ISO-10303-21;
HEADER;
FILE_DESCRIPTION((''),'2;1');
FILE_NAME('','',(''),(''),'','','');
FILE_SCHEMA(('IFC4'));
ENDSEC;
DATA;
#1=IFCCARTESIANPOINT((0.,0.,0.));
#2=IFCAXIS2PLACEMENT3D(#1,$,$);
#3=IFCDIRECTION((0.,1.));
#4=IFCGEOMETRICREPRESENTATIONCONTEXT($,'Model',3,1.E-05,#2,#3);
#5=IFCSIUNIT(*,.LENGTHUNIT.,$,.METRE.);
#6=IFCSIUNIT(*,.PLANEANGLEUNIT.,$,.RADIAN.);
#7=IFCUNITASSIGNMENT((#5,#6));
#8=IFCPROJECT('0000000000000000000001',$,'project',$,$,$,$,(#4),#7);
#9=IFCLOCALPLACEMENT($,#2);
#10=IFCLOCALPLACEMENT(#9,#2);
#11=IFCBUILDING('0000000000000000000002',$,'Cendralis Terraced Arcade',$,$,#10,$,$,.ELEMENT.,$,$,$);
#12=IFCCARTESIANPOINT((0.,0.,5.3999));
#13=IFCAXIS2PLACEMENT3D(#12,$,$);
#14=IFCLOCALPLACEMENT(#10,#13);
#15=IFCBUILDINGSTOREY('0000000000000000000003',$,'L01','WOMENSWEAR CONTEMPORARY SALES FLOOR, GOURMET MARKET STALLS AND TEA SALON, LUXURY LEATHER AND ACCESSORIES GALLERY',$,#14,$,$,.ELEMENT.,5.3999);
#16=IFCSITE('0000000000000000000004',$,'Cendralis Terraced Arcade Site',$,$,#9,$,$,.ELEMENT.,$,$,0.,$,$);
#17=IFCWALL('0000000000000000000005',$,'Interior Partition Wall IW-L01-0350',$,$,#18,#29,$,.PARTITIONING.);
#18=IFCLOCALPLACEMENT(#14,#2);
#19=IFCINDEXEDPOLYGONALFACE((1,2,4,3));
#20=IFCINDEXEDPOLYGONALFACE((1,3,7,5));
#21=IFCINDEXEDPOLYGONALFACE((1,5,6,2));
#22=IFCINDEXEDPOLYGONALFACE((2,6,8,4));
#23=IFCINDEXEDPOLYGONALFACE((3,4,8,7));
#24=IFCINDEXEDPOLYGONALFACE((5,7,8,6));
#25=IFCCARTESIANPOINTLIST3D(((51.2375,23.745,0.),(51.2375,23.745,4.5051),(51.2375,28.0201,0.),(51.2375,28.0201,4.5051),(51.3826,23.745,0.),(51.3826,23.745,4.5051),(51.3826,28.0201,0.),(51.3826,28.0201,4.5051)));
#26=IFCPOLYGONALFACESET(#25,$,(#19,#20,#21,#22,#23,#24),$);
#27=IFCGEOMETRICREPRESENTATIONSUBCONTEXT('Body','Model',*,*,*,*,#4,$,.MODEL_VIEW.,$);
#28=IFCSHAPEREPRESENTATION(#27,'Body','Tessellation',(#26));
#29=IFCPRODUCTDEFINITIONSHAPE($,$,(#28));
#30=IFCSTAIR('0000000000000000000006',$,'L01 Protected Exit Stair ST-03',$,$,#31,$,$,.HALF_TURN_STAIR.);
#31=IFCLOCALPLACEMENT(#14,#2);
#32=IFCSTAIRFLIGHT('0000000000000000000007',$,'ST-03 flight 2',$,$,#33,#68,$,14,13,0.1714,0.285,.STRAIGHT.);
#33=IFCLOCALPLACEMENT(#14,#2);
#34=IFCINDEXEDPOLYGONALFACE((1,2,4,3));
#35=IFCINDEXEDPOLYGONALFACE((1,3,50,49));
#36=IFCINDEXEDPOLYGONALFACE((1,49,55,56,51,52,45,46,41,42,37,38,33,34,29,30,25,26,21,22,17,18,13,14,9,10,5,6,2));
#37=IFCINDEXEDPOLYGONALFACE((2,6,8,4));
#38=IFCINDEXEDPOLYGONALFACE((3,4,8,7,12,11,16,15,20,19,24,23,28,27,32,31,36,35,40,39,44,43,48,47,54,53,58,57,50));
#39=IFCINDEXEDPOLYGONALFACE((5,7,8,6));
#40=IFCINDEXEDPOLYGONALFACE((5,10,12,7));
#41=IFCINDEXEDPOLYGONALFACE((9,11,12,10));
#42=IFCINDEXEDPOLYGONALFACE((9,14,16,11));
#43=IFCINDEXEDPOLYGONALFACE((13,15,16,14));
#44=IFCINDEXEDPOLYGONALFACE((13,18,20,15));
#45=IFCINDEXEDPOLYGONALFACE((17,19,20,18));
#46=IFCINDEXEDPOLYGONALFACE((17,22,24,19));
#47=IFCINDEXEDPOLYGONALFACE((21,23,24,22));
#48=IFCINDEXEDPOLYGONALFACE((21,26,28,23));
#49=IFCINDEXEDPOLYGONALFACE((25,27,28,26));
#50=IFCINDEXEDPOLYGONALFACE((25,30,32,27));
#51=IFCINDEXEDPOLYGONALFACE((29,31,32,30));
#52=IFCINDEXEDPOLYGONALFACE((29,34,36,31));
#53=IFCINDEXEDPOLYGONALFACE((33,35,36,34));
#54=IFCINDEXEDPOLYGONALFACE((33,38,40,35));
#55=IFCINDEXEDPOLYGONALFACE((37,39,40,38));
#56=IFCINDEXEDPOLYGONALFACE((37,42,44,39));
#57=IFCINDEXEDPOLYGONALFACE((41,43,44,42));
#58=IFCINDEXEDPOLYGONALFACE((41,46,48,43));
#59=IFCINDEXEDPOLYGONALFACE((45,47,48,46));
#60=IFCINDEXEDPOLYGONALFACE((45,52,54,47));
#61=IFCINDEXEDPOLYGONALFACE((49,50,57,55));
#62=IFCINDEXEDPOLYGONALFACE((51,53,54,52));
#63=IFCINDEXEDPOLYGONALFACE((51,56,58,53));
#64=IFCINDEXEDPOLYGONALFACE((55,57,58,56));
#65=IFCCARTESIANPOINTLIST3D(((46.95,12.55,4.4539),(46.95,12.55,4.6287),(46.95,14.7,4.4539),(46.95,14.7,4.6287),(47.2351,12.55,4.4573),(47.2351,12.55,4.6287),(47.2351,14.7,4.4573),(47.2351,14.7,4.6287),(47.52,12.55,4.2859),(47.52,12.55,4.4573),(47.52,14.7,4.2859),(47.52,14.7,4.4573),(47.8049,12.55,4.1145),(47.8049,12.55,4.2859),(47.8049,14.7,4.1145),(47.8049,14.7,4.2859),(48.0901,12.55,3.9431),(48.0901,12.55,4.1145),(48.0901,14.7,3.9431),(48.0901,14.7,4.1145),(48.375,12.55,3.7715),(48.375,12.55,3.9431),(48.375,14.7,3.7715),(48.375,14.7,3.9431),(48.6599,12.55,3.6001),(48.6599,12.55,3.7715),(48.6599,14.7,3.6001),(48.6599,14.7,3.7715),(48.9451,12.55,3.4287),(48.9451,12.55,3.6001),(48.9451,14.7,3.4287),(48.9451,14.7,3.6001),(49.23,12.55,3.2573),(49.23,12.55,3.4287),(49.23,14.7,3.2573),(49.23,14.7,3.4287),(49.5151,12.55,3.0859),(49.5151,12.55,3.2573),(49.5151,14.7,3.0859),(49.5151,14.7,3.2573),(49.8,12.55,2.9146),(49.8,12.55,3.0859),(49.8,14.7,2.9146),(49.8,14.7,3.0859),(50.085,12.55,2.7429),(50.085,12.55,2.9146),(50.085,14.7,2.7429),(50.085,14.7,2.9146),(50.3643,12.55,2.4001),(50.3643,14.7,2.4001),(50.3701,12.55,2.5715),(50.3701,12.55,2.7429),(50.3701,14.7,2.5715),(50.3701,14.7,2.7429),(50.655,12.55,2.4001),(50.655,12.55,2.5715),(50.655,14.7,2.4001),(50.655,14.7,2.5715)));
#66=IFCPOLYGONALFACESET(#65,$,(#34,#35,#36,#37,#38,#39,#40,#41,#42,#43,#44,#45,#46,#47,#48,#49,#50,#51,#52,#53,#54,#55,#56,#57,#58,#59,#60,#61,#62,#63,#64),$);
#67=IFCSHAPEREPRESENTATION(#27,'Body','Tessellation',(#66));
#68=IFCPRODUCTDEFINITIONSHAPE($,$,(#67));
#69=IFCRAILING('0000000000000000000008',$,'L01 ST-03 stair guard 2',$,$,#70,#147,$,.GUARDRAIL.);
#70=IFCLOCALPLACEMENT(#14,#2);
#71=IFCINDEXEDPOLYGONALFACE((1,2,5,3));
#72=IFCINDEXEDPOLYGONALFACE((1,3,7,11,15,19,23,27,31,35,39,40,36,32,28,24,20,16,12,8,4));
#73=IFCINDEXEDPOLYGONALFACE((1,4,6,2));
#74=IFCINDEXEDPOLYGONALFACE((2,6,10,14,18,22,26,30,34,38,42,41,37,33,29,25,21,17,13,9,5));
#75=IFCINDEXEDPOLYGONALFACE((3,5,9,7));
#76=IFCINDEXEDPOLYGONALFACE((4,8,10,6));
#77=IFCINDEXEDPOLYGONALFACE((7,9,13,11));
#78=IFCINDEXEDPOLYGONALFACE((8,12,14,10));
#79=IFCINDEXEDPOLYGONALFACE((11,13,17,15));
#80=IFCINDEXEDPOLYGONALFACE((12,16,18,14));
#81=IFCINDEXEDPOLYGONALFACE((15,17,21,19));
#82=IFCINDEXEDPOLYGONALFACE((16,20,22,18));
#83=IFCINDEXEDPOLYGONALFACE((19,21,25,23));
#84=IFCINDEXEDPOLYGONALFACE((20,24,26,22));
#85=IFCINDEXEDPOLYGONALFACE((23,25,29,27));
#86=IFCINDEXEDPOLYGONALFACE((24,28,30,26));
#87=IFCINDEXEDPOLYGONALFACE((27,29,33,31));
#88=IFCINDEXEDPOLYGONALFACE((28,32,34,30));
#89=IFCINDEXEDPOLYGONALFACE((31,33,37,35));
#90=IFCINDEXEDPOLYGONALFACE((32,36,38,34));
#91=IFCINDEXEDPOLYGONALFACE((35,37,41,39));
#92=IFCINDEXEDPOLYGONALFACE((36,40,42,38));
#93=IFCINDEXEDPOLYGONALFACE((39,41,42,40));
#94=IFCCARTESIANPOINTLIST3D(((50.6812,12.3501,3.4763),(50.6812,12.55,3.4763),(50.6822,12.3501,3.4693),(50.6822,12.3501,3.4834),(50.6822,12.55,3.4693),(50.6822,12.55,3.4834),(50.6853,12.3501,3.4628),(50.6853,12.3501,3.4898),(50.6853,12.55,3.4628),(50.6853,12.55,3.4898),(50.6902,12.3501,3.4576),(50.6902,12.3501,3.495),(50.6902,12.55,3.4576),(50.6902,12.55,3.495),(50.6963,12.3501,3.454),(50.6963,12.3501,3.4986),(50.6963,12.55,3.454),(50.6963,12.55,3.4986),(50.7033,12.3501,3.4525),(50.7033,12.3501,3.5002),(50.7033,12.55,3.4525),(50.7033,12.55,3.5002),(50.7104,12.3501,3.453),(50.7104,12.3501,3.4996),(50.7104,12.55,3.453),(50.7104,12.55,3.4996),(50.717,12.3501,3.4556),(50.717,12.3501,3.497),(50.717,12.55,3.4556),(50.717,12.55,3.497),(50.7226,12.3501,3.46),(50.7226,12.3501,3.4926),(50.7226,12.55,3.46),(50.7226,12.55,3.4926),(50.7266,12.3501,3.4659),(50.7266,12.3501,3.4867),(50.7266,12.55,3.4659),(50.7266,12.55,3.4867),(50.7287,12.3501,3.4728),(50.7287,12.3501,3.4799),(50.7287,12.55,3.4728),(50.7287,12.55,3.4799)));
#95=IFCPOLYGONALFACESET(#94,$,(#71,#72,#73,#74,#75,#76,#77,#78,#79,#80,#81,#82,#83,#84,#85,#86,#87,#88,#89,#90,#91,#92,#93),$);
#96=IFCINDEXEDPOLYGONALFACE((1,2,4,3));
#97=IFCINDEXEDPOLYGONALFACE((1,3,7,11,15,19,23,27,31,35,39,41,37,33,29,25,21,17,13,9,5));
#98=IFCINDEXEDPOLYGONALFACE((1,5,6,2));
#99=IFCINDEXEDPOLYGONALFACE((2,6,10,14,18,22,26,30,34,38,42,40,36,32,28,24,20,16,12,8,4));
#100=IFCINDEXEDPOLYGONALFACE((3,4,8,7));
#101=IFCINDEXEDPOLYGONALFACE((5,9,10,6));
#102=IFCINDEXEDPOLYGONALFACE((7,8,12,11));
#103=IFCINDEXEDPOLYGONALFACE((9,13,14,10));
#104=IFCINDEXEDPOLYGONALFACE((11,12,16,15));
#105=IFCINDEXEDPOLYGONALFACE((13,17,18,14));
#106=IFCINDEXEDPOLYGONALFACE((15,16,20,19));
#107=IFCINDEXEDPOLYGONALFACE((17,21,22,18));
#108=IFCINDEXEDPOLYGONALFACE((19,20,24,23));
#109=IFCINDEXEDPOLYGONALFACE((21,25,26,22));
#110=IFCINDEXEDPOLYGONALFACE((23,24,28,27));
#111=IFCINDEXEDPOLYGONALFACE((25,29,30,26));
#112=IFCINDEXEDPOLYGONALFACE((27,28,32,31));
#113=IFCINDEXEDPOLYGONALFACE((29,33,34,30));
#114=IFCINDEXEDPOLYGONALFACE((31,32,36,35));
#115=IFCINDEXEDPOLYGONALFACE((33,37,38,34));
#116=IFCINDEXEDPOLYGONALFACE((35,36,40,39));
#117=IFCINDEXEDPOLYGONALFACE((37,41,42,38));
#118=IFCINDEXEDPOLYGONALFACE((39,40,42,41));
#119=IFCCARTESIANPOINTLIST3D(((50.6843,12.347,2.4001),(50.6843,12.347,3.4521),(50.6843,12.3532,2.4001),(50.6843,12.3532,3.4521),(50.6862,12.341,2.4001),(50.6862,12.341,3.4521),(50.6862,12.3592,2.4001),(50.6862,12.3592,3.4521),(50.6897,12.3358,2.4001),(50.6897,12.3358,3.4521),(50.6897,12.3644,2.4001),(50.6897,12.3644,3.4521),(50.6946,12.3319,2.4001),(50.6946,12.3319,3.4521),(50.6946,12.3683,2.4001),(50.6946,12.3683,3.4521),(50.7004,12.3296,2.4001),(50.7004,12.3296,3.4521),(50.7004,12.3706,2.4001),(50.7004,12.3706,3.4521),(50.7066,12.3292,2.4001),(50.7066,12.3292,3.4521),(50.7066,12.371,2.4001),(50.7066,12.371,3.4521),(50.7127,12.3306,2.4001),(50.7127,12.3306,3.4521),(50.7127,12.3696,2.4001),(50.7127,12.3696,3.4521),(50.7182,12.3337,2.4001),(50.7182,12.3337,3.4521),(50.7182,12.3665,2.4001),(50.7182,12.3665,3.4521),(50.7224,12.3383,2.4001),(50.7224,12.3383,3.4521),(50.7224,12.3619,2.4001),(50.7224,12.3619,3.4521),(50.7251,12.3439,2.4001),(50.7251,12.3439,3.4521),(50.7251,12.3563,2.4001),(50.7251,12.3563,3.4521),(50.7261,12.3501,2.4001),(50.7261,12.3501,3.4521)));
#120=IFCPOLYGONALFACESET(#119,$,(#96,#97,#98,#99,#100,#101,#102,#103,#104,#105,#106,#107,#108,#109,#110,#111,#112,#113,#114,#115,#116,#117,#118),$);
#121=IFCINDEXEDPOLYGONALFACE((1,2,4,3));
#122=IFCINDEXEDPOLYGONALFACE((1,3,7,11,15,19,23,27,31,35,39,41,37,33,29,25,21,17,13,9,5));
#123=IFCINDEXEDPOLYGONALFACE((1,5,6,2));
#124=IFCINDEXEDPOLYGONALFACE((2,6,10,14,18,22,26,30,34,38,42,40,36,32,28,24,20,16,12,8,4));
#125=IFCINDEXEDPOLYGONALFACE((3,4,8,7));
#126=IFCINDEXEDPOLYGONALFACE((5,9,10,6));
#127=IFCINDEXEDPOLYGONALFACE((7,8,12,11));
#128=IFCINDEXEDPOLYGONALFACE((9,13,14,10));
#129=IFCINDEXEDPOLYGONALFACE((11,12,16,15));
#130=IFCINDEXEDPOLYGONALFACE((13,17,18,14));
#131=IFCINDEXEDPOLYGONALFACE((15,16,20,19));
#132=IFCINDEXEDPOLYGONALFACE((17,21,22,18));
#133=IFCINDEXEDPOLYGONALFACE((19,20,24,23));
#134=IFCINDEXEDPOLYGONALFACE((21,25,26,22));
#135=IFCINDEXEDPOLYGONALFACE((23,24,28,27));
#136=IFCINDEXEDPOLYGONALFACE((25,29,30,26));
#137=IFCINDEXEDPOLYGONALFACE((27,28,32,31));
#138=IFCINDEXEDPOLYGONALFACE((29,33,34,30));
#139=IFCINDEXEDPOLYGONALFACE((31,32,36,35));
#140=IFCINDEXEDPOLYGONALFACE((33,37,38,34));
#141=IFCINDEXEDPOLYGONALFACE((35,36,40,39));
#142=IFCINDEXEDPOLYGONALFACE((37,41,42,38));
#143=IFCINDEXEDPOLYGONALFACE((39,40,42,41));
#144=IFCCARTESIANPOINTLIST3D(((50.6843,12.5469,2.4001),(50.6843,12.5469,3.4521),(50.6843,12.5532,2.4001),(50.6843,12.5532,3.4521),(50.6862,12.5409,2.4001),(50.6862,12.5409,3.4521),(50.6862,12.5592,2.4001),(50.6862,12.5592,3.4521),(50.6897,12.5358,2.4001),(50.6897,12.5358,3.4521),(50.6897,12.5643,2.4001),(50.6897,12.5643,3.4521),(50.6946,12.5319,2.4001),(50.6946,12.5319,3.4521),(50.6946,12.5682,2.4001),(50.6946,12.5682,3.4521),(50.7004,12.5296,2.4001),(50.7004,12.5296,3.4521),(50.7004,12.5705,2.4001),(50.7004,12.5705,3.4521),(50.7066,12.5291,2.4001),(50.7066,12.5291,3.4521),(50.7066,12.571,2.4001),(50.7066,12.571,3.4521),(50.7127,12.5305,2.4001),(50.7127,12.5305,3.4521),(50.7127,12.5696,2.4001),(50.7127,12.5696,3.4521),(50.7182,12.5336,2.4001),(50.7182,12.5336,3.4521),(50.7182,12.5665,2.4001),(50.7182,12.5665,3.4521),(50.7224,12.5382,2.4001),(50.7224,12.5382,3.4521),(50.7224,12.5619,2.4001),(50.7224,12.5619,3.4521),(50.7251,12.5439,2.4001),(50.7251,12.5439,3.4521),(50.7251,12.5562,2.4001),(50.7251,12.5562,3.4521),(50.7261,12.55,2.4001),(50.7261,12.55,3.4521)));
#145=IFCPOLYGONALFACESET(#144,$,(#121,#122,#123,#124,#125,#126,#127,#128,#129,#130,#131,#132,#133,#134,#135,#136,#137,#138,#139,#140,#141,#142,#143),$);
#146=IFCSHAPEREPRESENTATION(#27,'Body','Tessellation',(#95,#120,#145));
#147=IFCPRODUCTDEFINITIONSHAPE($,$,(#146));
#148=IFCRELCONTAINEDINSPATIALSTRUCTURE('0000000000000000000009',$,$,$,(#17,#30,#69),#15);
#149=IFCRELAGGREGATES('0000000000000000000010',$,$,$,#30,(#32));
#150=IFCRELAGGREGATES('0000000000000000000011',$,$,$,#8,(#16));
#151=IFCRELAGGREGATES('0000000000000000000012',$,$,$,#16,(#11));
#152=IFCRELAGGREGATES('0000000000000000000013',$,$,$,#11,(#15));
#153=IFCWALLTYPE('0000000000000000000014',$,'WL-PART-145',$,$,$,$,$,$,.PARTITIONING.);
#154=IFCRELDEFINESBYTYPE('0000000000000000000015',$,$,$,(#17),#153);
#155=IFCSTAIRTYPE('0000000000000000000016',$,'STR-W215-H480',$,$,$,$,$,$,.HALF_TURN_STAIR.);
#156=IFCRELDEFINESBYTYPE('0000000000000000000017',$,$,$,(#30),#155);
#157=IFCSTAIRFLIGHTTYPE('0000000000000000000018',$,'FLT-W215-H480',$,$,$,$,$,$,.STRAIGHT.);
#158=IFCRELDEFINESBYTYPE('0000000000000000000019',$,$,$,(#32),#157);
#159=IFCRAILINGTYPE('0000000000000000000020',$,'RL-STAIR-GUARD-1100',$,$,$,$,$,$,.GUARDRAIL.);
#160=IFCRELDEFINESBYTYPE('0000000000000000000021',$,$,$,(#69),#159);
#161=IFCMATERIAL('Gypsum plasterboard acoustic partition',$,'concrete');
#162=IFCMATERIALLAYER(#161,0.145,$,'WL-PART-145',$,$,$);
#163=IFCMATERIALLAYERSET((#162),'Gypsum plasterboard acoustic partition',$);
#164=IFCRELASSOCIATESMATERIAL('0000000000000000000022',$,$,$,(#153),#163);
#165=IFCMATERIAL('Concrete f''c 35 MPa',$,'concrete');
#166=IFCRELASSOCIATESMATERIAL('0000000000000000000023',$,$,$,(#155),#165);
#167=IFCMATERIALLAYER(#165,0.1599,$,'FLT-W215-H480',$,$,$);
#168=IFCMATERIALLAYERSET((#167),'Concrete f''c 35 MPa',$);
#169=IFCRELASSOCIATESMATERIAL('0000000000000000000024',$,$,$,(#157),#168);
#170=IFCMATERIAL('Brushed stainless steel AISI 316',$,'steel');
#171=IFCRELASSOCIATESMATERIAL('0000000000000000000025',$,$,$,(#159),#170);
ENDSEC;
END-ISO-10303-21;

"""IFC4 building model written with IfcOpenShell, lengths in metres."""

from ifc_helpers import new_model, si_unit, direction, frame, frame_2d, origin, origin_2d, place, context, subcontext, project, spatial, polyline, rectangle, circle, outline, extrude, material, layer, layer_set, type_object, element, aggregate, save


model = new_model("IFC4")

# Units and contexts
model_context = context("Model", 3, precision=1e-05, world=origin(), true_north=direction((0.0, 1.0)))
body_context = subcontext(model_context, "Body", "Model", "MODEL_VIEW")
ifc_project = project(units=[si_unit("LENGTHUNIT", "METRE"), si_unit("PLANEANGLEUNIT", "RADIAN")], contexts=[model_context])

# Site, building, storey
site_placement = place(None, origin())
site = spatial("IfcSite", under=ifc_project, at=site_placement, Name="Cendralis Terraced Arcade Site", CompositionType="ELEMENT", RefElevation=0.0)
building_placement = place(site_placement, origin())
building = spatial("IfcBuilding", under=site, at=building_placement, Name="Cendralis Terraced Arcade", CompositionType="ELEMENT")
storey_placement = place(building_placement, frame((0.0, 0.0, 5.3999)))
storey = spatial("IfcBuildingStorey", under=building, at=storey_placement, Name="L01", Description="WOMENSWEAR CONTEMPORARY SALES FLOOR, GOURMET MARKET STALLS AND TEA SALON, LUXURY LEATHER AND ACCESSORIES GALLERY", CompositionType="ELEMENT", Elevation=5.3999)

# Shared definitions
ifc_material_1 = material(Name="Concrete f'c 35 MPa", Category="concrete")

# Wall
ifc_material_2 = material(Name="Gypsum plasterboard acoustic partition", Category="concrete")
ifc_layer_1 = layer(ifc_material_2, 0.145, Name="WL-PART-145")
ifc_layer_set_1 = layer_set([ifc_layer_1], Name="Gypsum plasterboard acoustic partition")
wall_type_1 = type_object("IfcWallType", Name="WL-PART-145", PredefinedType="PARTITIONING", material=ifc_layer_set_1)
wall_1_placement = place(storey_placement, frame((51.3101, 23.7449, 0.0), z_axis=(0.0, 0.0, 1.0), x_axis=(0.0, 1.0, 0.0)))
element("IfcWall", 1, at=wall_1_placement, inside=storey, type_object=wall_type_1, Name="Interior Partition Wall IW-L01-0350", PredefinedType="PARTITIONING", context=body_context, shape_type="SweptSolid", body=[
    extrude(rectangle(XDim=4.2751, YDim=0.145, at=frame_2d((2.1377, 0.0))), origin(), (0.0, 0.0, 1.0), 4.5051),
])

# Stair, stair flight
stair_type = type_object("IfcStairType", Name="STR-W215-H480", PredefinedType="HALF_TURN_STAIR", material=ifc_material_1)
stair_placement = place(storey_placement, origin())
stair = element("IfcStair", 2, at=stair_placement, inside=storey, type_object=stair_type, Name="L01 Protected Exit Stair ST-03", PredefinedType="HALF_TURN_STAIR")
ifc_layer_2 = layer(ifc_material_1, 0.1599, Name="FLT-W215-H480")
ifc_layer_set_2 = layer_set([ifc_layer_2], Name="Concrete f'c 35 MPa")
stair_flight_type = type_object("IfcStairFlightType", Name="FLT-W215-H480", PredefinedType="STRAIGHT", material=ifc_layer_set_2)
stair_flight_placement = place(storey_placement, frame((50.655, 13.625, 2.4001), z_axis=(0.0, 0.0, 1.0), x_axis=(-1.0, 0.0, 0.0)))
stair_flight = element("IfcStairFlight", 3, at=stair_flight_placement, type_object=stair_flight_type, Name="ST-03 flight 2", NumberOfRisers=14, NumberOfTreads=13, PredefinedType="STRAIGHT", RiserHeight=0.1714, TreadLength=0.285, context=body_context, shape_type="SweptSolid", body=[
    extrude(outline(polyline([(0.0, 0.0), (0.0, 0.1714), (0.2849, 0.1714), (0.2849, 0.3428), (0.5701, 0.3428), (0.5701, 0.5144), (0.855, 0.5144), (0.855, 0.6858), (1.1399, 0.6858), (1.1399, 0.8572), (1.425, 0.8572), (1.425, 1.0286), (1.71, 1.0286), (1.71, 1.2), (1.9951, 1.2), (1.9951, 1.3713), (2.28, 1.3713), (2.28, 1.543), (2.5649, 1.543), (2.5649, 1.7144), (2.8501, 1.7144), (2.8501, 1.8857), (3.135, 1.8857), (3.135, 2.0571), (3.4199, 2.0571), (3.4199, 2.2285), (3.7051, 2.2285), (3.7051, 2.3999), (3.7051, 2.0537), (0.2908, 0.0), (0.0, 0.0)])), frame((0.0, 1.075, 0.0), z_axis=(0.0, -1.0, 0.0), x_axis=(1.0, 0.0, 0.0)), (0.0, 0.0, 1.0), 2.1499),
])
aggregate(stair, [stair_flight])

# Railing
ifc_material_3 = material(Name="Brushed stainless steel AISI 316", Category="steel")
railing_type_1 = type_object("IfcRailingType", Name="RL-STAIR-GUARD-1100", PredefinedType="GUARDRAIL", material=ifc_material_3)
railing_1_placement = place(storey_placement, frame((50.7051, 12.3501, 2.4001)))
element("IfcRailing", 4, at=railing_1_placement, inside=storey, type_object=railing_type_1, Name="L01 ST-03 stair guard 2", PredefinedType="GUARDRAIL", context=body_context, shape_type="SweptSolid", body=[
    extrude(circle(Radius=0.0239, at=origin_2d()), frame((0.0, 0.0, 1.0762), z_axis=(0.0, 1.0, 0.0), x_axis=(-1.0, 0.0, 0.0)), (0.0, 0.0, 1.0), 0.2),
    extrude(circle(Radius=0.021, at=origin_2d()), origin(), (0.0, 0.0, 1.0), 1.052),
    extrude(circle(Radius=0.021, at=origin_2d()), frame((0.0, 0.2, 0.0)), (0.0, 0.0, 1.0), 1.052),
])

save(model, "model.ifc")
